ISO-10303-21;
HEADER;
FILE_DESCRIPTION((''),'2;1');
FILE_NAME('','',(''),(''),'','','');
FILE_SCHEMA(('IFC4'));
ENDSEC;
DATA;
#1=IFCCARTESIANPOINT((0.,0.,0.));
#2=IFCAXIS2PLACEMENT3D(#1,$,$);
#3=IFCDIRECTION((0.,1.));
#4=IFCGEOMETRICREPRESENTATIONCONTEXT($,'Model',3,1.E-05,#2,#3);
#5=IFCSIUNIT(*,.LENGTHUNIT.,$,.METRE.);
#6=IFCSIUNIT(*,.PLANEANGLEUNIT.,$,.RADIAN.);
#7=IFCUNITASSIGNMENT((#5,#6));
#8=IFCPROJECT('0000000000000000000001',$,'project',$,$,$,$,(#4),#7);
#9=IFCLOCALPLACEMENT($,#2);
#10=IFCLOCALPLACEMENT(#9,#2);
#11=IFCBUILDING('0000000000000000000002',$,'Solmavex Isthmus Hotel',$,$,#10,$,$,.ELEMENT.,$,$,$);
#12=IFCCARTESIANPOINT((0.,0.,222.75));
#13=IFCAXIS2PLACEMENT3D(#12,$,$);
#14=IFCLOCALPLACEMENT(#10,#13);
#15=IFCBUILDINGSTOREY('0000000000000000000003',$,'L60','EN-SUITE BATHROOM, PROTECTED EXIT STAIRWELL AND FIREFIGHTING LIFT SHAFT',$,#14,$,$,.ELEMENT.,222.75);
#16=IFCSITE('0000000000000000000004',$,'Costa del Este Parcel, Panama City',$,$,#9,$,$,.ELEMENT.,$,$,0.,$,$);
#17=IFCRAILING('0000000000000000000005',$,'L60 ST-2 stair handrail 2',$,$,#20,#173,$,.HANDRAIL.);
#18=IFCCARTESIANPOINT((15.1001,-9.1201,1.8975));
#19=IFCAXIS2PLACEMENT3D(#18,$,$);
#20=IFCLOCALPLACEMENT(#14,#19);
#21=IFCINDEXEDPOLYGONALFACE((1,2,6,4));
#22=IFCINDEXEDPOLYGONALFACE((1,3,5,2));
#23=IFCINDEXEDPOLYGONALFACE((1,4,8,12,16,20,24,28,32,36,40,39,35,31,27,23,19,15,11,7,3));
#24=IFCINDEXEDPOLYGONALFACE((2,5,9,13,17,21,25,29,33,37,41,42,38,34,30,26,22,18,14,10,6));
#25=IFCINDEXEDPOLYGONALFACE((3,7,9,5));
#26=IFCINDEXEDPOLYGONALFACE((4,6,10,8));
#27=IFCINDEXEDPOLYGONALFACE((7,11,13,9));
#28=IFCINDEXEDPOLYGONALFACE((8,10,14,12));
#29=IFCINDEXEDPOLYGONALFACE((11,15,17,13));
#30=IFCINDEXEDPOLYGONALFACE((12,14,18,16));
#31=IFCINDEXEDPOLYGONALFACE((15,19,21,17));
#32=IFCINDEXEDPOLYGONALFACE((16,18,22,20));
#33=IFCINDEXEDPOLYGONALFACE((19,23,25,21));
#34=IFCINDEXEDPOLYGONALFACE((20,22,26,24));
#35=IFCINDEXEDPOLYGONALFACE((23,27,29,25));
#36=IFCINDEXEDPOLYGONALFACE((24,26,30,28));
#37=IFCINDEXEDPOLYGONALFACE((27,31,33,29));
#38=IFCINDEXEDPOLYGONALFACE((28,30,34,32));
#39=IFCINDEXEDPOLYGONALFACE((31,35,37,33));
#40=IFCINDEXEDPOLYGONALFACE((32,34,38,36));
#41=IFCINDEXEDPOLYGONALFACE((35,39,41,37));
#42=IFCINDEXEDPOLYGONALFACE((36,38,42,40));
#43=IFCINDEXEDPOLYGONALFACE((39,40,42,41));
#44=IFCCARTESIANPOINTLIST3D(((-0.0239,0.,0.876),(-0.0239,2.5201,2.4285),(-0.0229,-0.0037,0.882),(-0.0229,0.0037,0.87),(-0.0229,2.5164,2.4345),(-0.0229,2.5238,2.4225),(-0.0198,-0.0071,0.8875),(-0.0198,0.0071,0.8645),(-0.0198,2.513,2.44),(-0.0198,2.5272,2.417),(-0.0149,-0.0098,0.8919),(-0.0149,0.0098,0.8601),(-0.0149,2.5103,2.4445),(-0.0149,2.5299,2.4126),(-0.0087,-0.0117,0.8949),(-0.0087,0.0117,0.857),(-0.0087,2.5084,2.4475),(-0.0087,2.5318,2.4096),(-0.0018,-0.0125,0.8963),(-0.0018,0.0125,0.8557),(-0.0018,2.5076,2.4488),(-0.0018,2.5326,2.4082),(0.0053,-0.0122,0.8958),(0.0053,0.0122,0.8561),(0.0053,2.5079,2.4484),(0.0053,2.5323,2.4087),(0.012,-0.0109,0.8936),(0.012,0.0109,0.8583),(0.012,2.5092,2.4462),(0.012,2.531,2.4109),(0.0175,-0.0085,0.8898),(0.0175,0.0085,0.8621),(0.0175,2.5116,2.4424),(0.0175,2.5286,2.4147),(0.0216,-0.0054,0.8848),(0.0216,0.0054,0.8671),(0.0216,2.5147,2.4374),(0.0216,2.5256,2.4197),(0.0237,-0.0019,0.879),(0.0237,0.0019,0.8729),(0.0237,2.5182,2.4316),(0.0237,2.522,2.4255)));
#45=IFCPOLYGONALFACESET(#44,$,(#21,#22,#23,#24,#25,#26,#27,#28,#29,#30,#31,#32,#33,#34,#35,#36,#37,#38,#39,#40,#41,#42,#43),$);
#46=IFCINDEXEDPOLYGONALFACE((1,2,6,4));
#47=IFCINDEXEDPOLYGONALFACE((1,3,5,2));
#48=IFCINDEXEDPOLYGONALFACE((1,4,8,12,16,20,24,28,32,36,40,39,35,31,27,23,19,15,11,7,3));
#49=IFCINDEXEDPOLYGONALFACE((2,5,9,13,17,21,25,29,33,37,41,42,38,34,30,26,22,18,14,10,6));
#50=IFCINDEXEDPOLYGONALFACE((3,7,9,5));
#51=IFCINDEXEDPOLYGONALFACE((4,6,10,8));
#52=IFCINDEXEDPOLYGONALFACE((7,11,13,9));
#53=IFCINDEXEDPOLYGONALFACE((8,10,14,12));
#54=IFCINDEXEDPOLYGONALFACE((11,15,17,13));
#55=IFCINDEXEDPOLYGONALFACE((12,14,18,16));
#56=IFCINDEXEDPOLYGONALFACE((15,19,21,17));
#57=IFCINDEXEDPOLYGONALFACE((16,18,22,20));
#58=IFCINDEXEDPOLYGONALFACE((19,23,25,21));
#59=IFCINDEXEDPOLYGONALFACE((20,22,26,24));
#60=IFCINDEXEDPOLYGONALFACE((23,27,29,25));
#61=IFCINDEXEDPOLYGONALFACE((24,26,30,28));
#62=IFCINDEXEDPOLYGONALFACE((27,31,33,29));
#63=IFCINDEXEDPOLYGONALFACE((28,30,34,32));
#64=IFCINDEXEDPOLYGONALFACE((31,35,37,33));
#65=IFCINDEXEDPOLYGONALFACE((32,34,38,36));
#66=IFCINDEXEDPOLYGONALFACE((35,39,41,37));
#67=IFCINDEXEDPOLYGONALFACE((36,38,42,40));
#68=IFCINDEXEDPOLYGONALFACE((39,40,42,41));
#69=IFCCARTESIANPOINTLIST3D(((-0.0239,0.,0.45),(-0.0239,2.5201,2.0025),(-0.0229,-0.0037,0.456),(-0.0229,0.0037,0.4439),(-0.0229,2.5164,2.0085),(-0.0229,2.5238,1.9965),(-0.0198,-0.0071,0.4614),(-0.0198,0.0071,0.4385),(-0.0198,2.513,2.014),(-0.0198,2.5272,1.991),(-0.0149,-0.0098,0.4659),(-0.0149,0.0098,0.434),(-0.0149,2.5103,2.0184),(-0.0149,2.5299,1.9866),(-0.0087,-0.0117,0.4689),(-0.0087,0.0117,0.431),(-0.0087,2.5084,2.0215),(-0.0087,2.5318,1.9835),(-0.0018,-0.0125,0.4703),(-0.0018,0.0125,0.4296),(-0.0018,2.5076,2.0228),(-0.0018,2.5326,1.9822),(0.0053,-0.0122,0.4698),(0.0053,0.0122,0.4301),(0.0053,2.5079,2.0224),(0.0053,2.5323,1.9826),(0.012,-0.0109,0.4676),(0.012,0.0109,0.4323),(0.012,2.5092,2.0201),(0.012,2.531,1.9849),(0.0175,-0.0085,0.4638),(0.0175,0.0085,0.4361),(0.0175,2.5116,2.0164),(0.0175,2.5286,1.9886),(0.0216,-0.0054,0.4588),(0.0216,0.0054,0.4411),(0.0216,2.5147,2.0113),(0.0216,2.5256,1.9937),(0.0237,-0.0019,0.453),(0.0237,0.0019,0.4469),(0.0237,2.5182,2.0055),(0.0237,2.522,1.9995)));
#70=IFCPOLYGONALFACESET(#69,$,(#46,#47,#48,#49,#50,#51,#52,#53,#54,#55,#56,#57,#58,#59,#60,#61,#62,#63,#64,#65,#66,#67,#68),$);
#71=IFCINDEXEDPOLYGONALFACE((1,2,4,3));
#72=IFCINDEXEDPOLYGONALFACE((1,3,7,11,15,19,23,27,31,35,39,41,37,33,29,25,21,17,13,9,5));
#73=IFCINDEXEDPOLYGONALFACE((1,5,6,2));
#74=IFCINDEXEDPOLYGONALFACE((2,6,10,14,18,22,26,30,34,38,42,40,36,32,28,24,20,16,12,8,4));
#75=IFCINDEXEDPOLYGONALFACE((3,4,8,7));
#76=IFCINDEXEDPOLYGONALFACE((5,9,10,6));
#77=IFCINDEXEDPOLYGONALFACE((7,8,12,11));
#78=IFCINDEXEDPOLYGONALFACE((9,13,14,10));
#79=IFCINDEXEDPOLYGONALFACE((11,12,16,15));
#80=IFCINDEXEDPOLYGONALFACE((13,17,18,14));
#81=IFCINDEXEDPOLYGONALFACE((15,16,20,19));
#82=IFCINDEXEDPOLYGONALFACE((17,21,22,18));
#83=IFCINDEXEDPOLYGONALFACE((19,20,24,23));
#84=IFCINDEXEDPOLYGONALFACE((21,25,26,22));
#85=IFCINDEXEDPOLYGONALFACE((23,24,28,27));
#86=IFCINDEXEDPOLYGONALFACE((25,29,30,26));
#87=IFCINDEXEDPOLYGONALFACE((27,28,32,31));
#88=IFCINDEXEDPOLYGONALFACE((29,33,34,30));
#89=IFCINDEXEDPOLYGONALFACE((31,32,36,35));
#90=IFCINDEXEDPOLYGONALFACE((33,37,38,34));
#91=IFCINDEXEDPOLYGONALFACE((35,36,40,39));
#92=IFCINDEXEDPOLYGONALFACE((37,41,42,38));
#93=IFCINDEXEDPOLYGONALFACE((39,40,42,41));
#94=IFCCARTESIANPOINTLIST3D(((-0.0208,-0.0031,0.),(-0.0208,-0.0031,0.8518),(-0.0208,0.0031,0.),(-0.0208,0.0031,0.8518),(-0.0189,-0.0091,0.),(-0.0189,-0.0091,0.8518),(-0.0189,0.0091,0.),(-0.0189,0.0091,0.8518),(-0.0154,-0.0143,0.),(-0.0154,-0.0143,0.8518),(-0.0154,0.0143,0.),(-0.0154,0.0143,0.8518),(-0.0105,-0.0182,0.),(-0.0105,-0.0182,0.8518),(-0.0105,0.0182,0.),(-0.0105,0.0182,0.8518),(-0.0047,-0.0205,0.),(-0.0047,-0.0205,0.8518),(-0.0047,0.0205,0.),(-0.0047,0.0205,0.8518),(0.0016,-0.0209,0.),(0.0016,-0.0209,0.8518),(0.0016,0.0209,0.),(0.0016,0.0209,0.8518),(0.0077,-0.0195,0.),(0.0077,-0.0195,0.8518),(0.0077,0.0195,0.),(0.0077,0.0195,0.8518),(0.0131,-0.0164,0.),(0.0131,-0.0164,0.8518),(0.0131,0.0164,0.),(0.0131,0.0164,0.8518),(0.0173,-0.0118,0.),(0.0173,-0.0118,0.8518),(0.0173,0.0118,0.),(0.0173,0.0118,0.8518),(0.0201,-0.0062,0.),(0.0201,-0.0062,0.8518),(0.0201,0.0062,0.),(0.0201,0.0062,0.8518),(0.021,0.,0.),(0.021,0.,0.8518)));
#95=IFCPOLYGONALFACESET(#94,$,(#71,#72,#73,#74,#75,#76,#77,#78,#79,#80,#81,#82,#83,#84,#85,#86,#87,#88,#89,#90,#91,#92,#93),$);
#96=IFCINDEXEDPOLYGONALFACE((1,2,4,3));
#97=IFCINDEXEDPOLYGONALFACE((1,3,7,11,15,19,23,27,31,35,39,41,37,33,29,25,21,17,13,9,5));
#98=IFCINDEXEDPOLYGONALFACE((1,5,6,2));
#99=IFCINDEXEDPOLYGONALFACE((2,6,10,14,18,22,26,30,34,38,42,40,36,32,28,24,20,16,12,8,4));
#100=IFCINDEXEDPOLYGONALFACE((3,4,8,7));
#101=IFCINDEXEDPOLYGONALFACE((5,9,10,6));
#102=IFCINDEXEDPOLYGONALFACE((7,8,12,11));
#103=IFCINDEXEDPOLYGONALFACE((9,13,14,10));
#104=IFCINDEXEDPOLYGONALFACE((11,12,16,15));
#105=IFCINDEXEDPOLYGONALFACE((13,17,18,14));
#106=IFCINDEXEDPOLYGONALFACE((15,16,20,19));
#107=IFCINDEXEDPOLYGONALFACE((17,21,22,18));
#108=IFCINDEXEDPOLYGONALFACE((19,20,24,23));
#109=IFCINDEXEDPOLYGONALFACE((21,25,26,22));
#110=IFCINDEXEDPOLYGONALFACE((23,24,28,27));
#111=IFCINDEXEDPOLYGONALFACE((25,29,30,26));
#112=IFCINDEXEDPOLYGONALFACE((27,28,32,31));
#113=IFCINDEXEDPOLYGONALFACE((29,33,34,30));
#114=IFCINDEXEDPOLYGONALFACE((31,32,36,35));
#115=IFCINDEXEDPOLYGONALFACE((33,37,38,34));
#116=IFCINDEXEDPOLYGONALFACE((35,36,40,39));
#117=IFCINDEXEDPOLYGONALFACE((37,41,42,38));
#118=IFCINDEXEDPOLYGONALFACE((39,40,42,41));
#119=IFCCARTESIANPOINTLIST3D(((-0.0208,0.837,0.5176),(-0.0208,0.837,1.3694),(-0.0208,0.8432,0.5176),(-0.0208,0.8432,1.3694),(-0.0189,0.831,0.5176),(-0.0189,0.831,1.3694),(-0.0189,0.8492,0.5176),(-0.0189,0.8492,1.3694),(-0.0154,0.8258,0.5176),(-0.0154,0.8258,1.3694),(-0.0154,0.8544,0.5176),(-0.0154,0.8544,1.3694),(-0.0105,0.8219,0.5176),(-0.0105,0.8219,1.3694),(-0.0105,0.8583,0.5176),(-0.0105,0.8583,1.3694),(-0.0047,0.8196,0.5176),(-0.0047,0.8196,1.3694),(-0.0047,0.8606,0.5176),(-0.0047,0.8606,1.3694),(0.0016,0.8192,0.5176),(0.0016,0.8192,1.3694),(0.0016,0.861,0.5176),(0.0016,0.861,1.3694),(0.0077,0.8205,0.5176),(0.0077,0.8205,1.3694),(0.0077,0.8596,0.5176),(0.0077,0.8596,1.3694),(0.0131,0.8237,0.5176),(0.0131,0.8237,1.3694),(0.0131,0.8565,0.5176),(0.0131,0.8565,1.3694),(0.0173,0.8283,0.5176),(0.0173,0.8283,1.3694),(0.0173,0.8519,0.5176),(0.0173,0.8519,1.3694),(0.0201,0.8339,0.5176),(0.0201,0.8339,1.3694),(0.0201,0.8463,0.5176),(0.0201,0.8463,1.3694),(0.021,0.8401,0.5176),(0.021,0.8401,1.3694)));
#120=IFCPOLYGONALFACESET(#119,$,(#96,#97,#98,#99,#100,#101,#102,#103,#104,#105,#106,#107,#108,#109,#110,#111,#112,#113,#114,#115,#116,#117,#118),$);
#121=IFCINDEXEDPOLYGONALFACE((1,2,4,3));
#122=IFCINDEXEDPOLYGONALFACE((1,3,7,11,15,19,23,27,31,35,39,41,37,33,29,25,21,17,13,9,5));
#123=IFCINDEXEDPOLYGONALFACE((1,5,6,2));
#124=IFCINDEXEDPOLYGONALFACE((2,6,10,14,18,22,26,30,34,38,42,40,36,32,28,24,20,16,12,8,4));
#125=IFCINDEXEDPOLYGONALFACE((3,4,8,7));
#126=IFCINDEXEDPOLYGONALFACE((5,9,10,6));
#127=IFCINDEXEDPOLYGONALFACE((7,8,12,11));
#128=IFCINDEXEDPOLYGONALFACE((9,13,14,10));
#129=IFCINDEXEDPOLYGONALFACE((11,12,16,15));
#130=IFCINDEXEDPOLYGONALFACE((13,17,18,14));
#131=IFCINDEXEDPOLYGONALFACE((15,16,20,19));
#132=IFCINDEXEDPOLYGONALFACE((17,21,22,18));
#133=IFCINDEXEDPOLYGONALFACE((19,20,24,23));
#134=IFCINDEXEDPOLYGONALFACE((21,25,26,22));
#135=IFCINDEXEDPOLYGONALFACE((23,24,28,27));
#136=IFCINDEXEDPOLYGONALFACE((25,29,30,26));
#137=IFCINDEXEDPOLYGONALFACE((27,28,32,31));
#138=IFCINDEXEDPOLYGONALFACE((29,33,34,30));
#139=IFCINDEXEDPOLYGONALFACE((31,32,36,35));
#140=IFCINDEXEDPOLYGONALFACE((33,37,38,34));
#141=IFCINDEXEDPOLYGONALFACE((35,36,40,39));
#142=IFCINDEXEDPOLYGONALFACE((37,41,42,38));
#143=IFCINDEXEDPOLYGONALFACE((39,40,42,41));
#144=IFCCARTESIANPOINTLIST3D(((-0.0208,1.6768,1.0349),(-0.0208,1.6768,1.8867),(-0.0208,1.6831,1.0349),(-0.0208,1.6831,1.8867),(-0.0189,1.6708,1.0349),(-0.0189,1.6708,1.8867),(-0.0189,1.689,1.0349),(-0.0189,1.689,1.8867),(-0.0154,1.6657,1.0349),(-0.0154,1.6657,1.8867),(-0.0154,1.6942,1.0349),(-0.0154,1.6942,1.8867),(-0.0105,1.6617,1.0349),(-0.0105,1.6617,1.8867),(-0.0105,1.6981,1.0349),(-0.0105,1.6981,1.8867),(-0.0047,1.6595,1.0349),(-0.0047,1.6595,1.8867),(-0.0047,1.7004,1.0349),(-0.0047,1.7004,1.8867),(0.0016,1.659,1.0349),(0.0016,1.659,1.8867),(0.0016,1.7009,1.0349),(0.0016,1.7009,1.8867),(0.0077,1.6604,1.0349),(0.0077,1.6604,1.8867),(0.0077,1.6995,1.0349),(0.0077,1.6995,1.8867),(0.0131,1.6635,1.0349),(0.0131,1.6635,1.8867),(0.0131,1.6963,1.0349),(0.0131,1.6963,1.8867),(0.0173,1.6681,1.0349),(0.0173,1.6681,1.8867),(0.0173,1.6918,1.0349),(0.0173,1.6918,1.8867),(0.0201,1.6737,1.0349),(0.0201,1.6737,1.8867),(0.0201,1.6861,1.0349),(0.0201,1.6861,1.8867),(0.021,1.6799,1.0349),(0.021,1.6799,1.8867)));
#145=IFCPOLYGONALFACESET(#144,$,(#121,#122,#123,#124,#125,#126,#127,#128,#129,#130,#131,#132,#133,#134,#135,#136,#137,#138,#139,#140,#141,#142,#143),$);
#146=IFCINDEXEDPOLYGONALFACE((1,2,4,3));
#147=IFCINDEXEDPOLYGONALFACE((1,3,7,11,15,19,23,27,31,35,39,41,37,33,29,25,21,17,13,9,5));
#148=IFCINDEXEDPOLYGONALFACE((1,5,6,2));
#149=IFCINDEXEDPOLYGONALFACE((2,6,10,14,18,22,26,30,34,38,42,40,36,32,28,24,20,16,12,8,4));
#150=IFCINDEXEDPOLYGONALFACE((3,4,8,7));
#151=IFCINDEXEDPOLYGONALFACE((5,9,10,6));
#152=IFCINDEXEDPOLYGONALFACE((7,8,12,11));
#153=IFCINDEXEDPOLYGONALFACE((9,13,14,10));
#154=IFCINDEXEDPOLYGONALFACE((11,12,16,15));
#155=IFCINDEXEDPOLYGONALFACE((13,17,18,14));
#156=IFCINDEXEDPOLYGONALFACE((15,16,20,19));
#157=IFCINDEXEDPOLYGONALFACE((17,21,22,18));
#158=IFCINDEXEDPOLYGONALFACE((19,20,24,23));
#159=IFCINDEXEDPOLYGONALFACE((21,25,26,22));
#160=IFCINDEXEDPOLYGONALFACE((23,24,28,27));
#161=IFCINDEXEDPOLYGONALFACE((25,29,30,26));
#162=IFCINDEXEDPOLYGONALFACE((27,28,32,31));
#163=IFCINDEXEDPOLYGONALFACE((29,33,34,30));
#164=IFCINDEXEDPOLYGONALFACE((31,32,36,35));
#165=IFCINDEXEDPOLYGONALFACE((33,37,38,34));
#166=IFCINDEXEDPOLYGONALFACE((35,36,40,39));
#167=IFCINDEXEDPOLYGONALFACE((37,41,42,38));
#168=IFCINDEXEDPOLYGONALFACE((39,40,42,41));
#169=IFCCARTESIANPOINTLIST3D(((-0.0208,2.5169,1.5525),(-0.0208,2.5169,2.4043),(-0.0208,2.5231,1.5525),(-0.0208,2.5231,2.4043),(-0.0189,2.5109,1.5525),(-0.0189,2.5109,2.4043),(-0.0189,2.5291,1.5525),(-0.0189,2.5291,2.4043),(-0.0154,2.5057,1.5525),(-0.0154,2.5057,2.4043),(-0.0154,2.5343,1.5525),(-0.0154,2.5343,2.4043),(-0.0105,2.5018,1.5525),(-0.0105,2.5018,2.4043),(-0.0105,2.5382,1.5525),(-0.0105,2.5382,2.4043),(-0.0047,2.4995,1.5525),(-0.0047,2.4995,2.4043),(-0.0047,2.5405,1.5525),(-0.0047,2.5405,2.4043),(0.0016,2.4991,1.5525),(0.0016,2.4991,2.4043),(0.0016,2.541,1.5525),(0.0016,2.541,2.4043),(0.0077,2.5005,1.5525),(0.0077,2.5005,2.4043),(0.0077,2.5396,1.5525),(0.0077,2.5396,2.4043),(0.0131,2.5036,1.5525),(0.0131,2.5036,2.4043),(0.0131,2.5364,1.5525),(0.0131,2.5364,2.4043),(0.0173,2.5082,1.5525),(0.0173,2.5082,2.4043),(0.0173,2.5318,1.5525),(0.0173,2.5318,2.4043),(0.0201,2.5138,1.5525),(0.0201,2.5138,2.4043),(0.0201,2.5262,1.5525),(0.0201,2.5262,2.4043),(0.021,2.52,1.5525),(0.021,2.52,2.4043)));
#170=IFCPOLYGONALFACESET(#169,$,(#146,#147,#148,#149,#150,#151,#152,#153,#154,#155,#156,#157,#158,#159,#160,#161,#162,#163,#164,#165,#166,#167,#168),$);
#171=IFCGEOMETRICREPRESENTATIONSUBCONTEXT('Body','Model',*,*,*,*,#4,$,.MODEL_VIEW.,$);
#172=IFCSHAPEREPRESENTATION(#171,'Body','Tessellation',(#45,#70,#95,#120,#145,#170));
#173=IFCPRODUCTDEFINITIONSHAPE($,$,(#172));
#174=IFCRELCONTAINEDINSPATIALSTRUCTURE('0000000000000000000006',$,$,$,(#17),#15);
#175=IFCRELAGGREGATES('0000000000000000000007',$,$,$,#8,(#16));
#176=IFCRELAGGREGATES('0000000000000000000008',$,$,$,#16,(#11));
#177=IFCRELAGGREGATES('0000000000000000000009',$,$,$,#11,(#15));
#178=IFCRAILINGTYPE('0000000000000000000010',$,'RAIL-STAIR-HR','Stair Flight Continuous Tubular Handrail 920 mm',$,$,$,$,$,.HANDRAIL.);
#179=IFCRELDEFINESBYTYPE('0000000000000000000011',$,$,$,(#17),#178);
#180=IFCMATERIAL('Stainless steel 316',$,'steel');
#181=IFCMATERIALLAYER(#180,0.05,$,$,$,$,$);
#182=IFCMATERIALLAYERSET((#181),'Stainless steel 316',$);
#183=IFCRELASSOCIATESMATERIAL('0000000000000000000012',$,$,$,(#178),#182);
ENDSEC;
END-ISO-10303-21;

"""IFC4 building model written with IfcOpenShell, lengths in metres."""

from ifc_helpers import new_model, si_unit, direction, frame, origin, origin_2d, place, context, subcontext, project, spatial, circle, extrude, material, layer, layer_set, type_object, element, save


model = new_model("IFC4")

# Units and contexts
model_context = context("Model", 3, precision=1e-05, world=origin(), true_north=direction((0.0, 1.0)))
body_context = subcontext(model_context, "Body", "Model", "MODEL_VIEW")
ifc_project = project(units=[si_unit("LENGTHUNIT", "METRE"), si_unit("PLANEANGLEUNIT", "RADIAN")], contexts=[model_context])

# Site, building, storey
site_placement = place(None, origin())
site = spatial("IfcSite", under=ifc_project, at=site_placement, Name="Costa del Este Parcel, Panama City", CompositionType="ELEMENT", RefElevation=0.0)
building_placement = place(site_placement, origin())
building = spatial("IfcBuilding", under=site, at=building_placement, Name="Solmavex Isthmus Hotel", CompositionType="ELEMENT")
storey_placement = place(building_placement, frame((0.0, 0.0, 222.75)))
storey = spatial("IfcBuildingStorey", under=building, at=storey_placement, Name="L60", Description="EN-SUITE BATHROOM, PROTECTED EXIT STAIRWELL AND FIREFIGHTING LIFT SHAFT", CompositionType="ELEMENT", Elevation=222.75)

# Railing
ifc_material_1 = material(Name="Stainless steel 316", Category="steel")
ifc_layer_1 = layer(ifc_material_1, 0.05)
ifc_layer_set_1 = layer_set([ifc_layer_1], Name="Stainless steel 316")
railing_type = type_object("IfcRailingType", Name="RAIL-STAIR-HR", Description="Stair Flight Continuous Tubular Handrail 920 mm", PredefinedType="HANDRAIL", material=ifc_layer_set_1)
railing_placement = place(storey_placement, frame((15.1001, -9.1201, 1.8975)))
element("IfcRailing", 1, at=railing_placement, inside=storey, type_object=railing_type, Name="L60 ST-2 stair handrail 2", PredefinedType="HANDRAIL", context=body_context, shape_type="SweptSolid", body=[
    extrude(circle(Radius=0.0239, at=origin_2d()), frame((0.0, 0.0, 0.876), z_axis=(0.0, 0.8514, 0.524516), x_axis=(-1.0, 0.0, 0.0)), (0.0, 0.0, 1.0), 2.96),
    extrude(circle(Radius=0.0239, at=origin_2d()), frame((0.0, 0.0, 0.45), z_axis=(0.0, 0.8514, 0.524516), x_axis=(-1.0, 0.0, 0.0)), (0.0, 0.0, 1.0), 2.96),
    extrude(circle(Radius=0.021, at=origin_2d()), origin(), (0.0, 0.0, 1.0), 0.8518),
    extrude(circle(Radius=0.021, at=origin_2d()), frame((0.0, 0.8401, 0.5176)), (0.0, 0.0, 1.0), 0.8518),
    extrude(circle(Radius=0.021, at=origin_2d()), frame((0.0, 1.6799, 1.0349)), (0.0, 0.0, 1.0), 0.8518),
    extrude(circle(Radius=0.021, at=origin_2d()), frame((0.0, 2.52, 1.5525)), (0.0, 0.0, 1.0), 0.8518),
])

save(model, "model.ifc")
